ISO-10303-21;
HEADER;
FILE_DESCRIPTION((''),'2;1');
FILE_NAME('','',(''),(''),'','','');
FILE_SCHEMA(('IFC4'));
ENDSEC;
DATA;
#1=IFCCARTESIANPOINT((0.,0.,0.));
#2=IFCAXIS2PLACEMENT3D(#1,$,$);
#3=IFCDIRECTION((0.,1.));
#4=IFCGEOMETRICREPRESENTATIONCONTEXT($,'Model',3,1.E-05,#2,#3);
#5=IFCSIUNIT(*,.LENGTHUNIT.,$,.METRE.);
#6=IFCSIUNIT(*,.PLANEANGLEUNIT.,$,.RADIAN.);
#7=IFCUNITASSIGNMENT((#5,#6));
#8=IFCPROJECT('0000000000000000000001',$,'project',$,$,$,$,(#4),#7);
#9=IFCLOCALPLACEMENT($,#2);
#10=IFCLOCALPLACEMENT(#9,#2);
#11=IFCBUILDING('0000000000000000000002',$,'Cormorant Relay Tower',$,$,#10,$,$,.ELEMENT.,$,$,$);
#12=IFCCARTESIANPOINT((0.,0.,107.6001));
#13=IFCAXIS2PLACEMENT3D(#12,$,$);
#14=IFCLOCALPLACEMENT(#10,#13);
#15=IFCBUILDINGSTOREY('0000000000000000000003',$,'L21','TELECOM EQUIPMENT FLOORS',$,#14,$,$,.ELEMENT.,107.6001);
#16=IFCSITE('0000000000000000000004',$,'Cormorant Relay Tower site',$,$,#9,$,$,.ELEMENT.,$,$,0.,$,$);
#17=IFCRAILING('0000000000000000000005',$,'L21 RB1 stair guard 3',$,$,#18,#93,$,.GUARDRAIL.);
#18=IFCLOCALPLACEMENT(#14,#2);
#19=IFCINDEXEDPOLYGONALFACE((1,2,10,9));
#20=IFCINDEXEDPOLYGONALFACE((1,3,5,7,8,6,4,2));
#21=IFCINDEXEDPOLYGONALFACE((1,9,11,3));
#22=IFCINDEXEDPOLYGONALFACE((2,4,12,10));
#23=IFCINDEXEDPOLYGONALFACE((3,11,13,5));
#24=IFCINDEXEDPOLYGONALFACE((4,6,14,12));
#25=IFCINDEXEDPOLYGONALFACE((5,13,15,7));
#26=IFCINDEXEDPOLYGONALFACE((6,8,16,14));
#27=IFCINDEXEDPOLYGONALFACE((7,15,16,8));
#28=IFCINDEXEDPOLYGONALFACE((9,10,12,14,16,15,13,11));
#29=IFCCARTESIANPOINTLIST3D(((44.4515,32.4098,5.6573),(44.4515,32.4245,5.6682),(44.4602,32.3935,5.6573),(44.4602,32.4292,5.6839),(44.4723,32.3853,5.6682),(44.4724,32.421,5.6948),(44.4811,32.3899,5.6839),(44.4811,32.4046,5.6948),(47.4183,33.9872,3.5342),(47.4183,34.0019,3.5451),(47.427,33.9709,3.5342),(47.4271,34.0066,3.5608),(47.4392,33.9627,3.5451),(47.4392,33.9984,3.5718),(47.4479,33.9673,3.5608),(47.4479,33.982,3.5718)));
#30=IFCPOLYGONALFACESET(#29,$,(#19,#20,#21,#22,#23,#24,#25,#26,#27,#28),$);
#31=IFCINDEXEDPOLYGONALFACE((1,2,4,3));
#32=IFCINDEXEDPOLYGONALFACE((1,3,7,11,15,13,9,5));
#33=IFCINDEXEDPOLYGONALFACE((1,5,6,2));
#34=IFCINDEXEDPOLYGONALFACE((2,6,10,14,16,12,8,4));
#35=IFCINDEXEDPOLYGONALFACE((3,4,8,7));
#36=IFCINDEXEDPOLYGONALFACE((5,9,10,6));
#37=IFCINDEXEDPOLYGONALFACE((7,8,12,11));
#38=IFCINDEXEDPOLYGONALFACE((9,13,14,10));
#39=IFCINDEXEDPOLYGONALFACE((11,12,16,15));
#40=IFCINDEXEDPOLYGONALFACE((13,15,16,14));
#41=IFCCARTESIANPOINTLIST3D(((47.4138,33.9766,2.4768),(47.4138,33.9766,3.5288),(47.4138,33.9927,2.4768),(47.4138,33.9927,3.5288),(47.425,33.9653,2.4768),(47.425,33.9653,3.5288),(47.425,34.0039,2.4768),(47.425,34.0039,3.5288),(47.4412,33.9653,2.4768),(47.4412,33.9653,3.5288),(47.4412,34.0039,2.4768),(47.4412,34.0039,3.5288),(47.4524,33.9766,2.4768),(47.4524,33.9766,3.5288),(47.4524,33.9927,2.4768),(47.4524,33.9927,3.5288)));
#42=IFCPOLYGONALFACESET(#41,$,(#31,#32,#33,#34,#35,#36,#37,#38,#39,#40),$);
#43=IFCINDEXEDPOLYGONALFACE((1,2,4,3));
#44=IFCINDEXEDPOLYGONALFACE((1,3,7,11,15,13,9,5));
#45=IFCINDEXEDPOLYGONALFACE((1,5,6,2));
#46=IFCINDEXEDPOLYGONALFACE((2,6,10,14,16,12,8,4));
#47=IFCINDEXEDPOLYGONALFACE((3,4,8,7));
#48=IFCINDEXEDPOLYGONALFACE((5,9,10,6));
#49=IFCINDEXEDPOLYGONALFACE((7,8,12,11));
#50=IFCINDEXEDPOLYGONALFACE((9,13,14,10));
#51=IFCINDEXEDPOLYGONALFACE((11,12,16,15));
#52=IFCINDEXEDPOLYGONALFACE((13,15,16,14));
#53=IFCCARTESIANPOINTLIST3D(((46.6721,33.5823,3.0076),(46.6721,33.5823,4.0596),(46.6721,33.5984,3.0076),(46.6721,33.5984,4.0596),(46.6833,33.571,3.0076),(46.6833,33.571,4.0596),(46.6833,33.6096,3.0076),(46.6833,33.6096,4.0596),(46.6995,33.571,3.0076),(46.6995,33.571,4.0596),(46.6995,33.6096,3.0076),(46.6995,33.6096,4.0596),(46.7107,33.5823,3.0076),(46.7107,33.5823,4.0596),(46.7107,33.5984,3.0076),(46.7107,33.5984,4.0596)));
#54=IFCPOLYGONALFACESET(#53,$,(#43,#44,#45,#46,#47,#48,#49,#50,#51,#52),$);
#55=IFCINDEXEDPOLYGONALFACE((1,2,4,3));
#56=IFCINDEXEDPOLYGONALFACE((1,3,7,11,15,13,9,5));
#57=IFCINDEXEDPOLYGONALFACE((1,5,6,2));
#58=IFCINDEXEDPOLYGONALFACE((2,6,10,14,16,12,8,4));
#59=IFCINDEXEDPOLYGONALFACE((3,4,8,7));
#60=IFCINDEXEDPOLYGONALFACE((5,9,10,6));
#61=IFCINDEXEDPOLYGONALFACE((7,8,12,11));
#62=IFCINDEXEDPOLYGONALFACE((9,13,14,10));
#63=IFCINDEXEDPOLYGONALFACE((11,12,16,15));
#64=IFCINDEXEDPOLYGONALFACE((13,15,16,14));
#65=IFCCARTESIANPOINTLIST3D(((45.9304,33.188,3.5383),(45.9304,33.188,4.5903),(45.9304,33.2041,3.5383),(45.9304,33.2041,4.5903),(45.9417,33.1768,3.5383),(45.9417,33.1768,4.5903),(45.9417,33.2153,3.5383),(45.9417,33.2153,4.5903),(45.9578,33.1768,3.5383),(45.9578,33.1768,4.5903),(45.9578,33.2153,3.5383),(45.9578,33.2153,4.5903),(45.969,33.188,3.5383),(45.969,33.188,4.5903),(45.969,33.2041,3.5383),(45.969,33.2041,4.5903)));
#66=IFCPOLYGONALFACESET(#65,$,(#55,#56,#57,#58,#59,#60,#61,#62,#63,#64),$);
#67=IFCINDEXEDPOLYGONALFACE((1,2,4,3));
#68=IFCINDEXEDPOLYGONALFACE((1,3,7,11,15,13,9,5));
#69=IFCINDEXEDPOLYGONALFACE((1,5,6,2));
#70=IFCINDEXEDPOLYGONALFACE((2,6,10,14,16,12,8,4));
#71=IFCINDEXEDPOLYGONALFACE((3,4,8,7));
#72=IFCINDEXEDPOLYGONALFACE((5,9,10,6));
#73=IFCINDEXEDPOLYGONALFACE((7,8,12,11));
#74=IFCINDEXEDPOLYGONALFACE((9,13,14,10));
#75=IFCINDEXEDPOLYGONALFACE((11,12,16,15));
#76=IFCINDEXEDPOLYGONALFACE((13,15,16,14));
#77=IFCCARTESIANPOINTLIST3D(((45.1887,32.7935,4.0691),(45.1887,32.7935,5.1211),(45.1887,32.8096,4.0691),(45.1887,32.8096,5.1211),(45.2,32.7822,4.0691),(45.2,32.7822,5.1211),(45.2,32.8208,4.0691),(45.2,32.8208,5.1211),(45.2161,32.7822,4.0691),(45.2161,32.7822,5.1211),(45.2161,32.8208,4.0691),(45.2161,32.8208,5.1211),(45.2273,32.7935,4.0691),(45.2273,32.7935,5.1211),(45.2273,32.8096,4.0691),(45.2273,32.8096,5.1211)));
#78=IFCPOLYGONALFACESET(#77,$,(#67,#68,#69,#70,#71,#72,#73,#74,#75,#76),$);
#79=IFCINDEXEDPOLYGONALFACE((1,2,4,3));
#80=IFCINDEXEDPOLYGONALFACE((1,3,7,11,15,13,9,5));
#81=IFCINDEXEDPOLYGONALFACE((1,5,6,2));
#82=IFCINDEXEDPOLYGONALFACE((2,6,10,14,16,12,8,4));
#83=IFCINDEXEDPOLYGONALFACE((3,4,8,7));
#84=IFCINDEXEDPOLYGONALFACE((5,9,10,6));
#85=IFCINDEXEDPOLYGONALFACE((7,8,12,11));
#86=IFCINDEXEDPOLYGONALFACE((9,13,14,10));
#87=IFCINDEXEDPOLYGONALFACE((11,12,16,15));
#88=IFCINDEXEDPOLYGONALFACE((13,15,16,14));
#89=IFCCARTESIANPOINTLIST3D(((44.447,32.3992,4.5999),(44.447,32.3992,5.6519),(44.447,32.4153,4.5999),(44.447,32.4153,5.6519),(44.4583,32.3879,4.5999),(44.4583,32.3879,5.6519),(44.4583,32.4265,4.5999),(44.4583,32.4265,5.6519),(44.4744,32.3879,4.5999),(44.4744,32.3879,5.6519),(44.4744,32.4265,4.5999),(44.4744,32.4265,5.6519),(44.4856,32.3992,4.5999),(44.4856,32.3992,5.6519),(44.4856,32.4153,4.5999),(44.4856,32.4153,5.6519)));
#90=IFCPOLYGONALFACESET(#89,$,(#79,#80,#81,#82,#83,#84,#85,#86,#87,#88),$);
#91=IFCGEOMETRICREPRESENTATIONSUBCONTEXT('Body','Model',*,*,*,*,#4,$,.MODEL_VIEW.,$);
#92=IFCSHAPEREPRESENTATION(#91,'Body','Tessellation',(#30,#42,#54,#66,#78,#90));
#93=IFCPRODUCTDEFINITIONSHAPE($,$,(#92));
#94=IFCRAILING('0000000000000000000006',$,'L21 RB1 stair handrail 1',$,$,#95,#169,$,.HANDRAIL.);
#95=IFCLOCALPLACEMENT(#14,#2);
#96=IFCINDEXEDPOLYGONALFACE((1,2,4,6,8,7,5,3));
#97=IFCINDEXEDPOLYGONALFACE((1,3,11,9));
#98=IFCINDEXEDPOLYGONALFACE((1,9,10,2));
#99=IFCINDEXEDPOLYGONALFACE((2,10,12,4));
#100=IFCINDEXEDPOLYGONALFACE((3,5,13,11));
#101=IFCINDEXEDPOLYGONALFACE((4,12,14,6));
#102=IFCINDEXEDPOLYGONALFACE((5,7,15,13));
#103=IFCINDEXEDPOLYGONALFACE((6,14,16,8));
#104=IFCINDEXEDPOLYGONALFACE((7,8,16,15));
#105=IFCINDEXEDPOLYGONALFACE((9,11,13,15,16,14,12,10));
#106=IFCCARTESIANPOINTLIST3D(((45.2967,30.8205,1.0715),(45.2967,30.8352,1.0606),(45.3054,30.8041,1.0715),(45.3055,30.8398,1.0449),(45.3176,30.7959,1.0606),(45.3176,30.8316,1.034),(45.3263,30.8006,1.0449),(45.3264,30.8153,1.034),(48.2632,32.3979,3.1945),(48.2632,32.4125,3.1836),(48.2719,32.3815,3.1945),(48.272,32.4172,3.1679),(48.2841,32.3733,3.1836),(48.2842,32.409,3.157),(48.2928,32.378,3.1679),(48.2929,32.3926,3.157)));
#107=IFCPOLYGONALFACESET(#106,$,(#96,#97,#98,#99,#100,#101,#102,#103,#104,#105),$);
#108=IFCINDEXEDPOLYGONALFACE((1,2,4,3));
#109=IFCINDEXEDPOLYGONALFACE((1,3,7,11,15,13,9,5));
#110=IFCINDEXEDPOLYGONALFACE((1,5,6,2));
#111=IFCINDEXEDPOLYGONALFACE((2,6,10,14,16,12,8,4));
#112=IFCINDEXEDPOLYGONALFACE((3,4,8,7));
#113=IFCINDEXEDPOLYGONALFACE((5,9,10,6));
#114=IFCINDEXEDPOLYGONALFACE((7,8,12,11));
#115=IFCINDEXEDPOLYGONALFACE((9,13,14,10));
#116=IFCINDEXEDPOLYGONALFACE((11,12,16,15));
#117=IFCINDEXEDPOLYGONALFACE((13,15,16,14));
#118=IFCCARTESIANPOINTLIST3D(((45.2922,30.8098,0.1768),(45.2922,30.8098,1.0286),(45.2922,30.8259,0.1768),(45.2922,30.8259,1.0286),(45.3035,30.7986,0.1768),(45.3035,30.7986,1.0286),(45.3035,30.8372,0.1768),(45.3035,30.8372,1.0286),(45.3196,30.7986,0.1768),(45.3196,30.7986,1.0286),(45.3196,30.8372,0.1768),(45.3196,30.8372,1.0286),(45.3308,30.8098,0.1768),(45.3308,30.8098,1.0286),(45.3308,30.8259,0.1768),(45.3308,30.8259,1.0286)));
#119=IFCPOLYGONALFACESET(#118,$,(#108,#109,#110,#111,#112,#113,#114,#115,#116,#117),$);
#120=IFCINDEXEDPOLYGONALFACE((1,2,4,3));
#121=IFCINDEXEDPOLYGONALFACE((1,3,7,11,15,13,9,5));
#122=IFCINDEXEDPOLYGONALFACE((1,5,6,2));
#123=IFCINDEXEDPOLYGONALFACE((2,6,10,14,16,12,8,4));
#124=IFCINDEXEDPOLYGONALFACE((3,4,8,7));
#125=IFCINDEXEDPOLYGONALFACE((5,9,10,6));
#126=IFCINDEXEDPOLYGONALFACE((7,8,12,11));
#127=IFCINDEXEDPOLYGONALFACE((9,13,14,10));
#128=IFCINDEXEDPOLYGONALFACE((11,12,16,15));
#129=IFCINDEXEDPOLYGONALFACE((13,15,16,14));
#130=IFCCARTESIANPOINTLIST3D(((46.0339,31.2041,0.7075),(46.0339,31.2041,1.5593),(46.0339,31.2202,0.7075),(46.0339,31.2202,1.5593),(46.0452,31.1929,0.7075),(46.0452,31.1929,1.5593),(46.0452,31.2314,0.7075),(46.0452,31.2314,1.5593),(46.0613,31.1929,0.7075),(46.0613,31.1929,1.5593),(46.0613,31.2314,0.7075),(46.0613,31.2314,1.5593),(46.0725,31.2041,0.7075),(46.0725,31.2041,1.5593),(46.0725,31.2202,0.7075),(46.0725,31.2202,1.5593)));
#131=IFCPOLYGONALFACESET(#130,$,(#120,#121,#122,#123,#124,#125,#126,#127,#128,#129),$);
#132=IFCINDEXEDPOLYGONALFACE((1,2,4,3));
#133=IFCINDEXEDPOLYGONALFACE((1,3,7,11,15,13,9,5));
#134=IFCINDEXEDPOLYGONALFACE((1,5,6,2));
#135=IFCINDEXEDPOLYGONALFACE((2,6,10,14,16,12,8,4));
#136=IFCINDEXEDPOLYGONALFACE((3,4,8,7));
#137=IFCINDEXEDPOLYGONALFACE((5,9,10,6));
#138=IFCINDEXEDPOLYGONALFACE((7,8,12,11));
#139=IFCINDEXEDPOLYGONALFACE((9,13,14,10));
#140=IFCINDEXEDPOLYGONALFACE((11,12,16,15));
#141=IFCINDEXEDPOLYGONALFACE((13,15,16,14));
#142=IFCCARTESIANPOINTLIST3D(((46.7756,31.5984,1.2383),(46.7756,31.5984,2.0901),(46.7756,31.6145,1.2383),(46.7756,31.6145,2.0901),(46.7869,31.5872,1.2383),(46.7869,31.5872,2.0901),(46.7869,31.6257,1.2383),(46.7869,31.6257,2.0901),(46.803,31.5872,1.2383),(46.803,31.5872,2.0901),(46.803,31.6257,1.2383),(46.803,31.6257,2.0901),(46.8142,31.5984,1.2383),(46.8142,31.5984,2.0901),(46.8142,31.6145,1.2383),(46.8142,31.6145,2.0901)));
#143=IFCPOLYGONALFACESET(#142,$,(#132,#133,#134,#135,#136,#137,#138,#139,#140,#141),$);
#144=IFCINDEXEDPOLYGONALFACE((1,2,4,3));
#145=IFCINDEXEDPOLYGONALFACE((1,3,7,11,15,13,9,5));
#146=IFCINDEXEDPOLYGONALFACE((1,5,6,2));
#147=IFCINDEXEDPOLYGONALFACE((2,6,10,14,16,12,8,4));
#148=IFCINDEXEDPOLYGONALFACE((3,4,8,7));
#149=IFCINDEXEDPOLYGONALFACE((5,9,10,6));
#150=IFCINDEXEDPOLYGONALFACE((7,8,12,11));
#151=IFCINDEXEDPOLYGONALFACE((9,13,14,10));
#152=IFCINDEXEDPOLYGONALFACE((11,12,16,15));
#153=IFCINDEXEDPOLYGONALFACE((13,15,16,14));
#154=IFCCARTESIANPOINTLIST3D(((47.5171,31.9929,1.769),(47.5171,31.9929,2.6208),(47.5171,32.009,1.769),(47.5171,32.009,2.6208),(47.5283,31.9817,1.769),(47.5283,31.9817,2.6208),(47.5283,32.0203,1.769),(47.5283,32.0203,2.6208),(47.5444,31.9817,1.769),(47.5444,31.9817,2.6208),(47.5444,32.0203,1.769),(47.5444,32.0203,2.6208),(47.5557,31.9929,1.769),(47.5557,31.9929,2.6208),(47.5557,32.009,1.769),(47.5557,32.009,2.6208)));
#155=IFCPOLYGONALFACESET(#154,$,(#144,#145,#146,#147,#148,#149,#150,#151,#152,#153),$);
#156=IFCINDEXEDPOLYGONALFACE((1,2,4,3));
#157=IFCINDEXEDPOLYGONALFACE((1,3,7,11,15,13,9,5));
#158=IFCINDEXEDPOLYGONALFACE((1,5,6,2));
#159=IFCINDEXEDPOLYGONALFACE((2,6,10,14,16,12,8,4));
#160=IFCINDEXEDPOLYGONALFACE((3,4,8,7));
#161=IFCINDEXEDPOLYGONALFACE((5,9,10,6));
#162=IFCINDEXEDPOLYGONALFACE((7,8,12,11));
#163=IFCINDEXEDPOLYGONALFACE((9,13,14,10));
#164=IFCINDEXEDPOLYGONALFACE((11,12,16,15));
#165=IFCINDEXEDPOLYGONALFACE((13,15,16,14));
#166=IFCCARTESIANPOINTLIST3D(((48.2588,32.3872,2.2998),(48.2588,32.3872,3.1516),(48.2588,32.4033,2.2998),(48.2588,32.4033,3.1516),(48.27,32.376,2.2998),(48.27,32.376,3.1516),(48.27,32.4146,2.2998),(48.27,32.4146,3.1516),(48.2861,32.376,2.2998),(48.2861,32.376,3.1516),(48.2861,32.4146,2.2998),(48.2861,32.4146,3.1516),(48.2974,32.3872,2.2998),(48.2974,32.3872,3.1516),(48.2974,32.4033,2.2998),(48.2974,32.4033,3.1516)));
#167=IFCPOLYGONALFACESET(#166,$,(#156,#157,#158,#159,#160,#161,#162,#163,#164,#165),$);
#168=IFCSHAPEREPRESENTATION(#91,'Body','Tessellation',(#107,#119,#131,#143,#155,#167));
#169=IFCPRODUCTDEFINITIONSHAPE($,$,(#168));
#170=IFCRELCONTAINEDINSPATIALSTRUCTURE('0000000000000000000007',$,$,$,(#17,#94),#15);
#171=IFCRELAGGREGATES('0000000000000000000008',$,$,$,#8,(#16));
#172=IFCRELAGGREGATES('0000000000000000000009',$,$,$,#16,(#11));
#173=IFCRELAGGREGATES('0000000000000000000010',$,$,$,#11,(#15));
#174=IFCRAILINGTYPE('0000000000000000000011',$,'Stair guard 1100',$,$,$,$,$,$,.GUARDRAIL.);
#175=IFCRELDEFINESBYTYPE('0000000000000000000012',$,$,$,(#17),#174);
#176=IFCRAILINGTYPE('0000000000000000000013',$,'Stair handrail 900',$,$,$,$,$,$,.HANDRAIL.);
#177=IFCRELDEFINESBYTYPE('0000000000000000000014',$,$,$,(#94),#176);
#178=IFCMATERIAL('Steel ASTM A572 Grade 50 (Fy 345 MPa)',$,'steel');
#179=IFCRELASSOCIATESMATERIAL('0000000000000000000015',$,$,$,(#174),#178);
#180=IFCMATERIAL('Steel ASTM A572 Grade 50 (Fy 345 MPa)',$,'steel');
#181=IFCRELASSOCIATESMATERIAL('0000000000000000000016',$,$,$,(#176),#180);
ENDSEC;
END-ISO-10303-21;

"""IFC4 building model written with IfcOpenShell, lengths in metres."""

from ifc_helpers import new_model, si_unit, direction, frame, origin, place, context, subcontext, project, spatial, polyline, outline, extrude, material, type_object, element, save


model = new_model("IFC4")

# Units and contexts
model_context = context("Model", 3, precision=1e-05, world=origin(), true_north=direction((0.0, 1.0)))
body_context = subcontext(model_context, "Body", "Model", "MODEL_VIEW")
ifc_project = project(units=[si_unit("LENGTHUNIT", "METRE"), si_unit("PLANEANGLEUNIT", "RADIAN")], contexts=[model_context])

# Site, building, storey
site_placement = place(None, origin())
site = spatial("IfcSite", under=ifc_project, at=site_placement, Name="Cormorant Relay Tower site", CompositionType="ELEMENT", RefElevation=0.0)
building_placement = place(site_placement, origin())
building = spatial("IfcBuilding", under=site, at=building_placement, Name="Cormorant Relay Tower", CompositionType="ELEMENT")
storey_placement = place(building_placement, frame((0.0, 0.0, 107.6001)))
storey = spatial("IfcBuildingStorey", under=building, at=storey_placement, Name="L21", Description="TELECOM EQUIPMENT FLOORS", CompositionType="ELEMENT", Elevation=107.6001)

# Railings
ifc_material_1 = material(Name="Steel ASTM A572 Grade 50 (Fy 345 MPa)", Category="steel")
railing_type_1 = type_object("IfcRailingType", Name="Stair guard 1100", PredefinedType="GUARDRAIL", material=ifc_material_1)
railing_1_placement = place(storey_placement, frame((47.4331, 33.9846, 2.4768)))
element("IfcRailing", 1, at=railing_1_placement, inside=storey, type_object=railing_type_1, Name="L21 RB1 stair guard 3", PredefinedType="GUARDRAIL", context=body_context, shape_type="SweptSolid", body=[
    extrude(outline(polyline([(0.0222, 0.0093), (0.0093, 0.0222), (-0.0093, 0.0222), (-0.0222, 0.0093), (-0.0222, -0.0093), (-0.0093, -0.0222), (0.0093, -0.0222), (0.0222, -0.0093), (0.0222, 0.0093)])), frame((0.0, 0.0, 1.0762), z_axis=(-0.746441, -0.396869, 0.534155), x_axis=(0.469453, -0.882958, 0.0)), (0.0, 0.0, 1.0), 3.9746),
    extrude(outline(polyline([(0.0193, 0.0081), (0.0081, 0.0193), (-0.0081, 0.0193), (-0.0193, 0.0081), (-0.0193, -0.0081), (-0.0081, -0.0193), (0.0081, -0.0193), (0.0193, -0.0081), (0.0193, 0.0081)])), origin(), (0.0, 0.0, 1.0), 1.052),
    extrude(outline(polyline([(0.0193, 0.0081), (0.0081, 0.0193), (-0.0081, 0.0193), (-0.0193, 0.0081), (-0.0193, -0.0081), (-0.0081, -0.0193), (0.0081, -0.0193), (0.0193, -0.0081), (0.0193, 0.0081)])), frame((-0.7417, -0.3943, 0.5308)), (0.0, 0.0, 1.0), 1.052),
    extrude(outline(polyline([(0.0193, 0.0081), (0.0081, 0.0193), (-0.0081, 0.0193), (-0.0193, 0.0081), (-0.0193, -0.0081), (-0.0081, -0.0193), (0.0081, -0.0193), (0.0193, -0.0081), (0.0193, 0.0081)])), frame((-1.4834, -0.7886, 1.0615)), (0.0, 0.0, 1.0), 1.052),
    extrude(outline(polyline([(0.0193, 0.0081), (0.0081, 0.0193), (-0.0081, 0.0193), (-0.0193, 0.0081), (-0.0193, -0.0081), (-0.0081, -0.0193), (0.0081, -0.0193), (0.0193, -0.0081), (0.0193, 0.0081)])), frame((-2.2251, -1.1831, 1.5923)), (0.0, 0.0, 1.0), 1.052),
    extrude(outline(polyline([(0.0193, 0.0081), (0.0081, 0.0193), (-0.0081, 0.0193), (-0.0193, 0.0081), (-0.0193, -0.0081), (-0.0081, -0.0193), (0.0081, -0.0193), (0.0193, -0.0081), (0.0193, 0.0081)])), frame((-2.9668, -1.5774, 2.123)), (0.0, 0.0, 1.0), 1.052),
])
ifc_material_2 = material(Name="Steel ASTM A572 Grade 50 (Fy 345 MPa)", Category="steel")
railing_type_2 = type_object("IfcRailingType", Name="Stair handrail 900", PredefinedType="HANDRAIL", material=ifc_material_2)
railing_2_placement = place(storey_placement, frame((45.3115, 30.8179, 0.1768)))
element("IfcRailing", 2, at=railing_2_placement, inside=storey, type_object=railing_type_2, Name="L21 RB1 stair handrail 1", PredefinedType="HANDRAIL", context=body_context, shape_type="SweptSolid", body=[
    extrude(outline(polyline([(0.0222, 0.0093), (0.0093, 0.0222), (-0.0093, 0.0222), (-0.0222, 0.0093), (-0.0222, -0.0093), (-0.0093, -0.0222), (0.0093, -0.0222), (0.0222, -0.0093), (0.0222, 0.0093)])), frame((0.0, 0.0, 0.876), z_axis=(0.746413, 0.396887, 0.534179), x_axis=(-0.469483, 0.882942, 0.0)), (0.0, 0.0, 1.0), 3.9744),
    extrude(outline(polyline([(0.0193, 0.0081), (0.0081, 0.0193), (-0.0081, 0.0193), (-0.0193, 0.0081), (-0.0193, -0.0081), (-0.0081, -0.0193), (0.0081, -0.0193), (0.0193, -0.0081), (0.0193, 0.0081)])), origin(), (0.0, 0.0, 1.0), 0.8518),
    extrude(outline(polyline([(0.0193, 0.0081), (0.0081, 0.0193), (-0.0081, 0.0193), (-0.0193, 0.0081), (-0.0193, -0.0081), (-0.0081, -0.0193), (0.0081, -0.0193), (0.0193, -0.0081), (0.0193, 0.0081)])), frame((0.7417, 0.3943, 0.5308)), (0.0, 0.0, 1.0), 0.8518),
    extrude(outline(polyline([(0.0193, 0.0081), (0.0081, 0.0193), (-0.0081, 0.0193), (-0.0193, 0.0081), (-0.0193, -0.0081), (-0.0081, -0.0193), (0.0081, -0.0193), (0.0193, -0.0081), (0.0193, 0.0081)])), frame((1.4834, 0.7886, 1.0615)), (0.0, 0.0, 1.0), 0.8518),
    extrude(outline(polyline([(0.0193, 0.0081), (0.0081, 0.0193), (-0.0081, 0.0193), (-0.0193, 0.0081), (-0.0193, -0.0081), (-0.0081, -0.0193), (0.0081, -0.0193), (0.0193, -0.0081), (0.0193, 0.0081)])), frame((2.2249, 1.1831, 1.5923)), (0.0, 0.0, 1.0), 0.8518),
    extrude(outline(polyline([(0.0193, 0.0081), (0.0081, 0.0193), (-0.0081, 0.0193), (-0.0193, 0.0081), (-0.0193, -0.0081), (-0.0081, -0.0193), (0.0081, -0.0193), (0.0193, -0.0081), (0.0193, 0.0081)])), frame((2.9666, 1.5774, 2.123)), (0.0, 0.0, 1.0), 0.8518),
])

save(model, "model.ifc")
